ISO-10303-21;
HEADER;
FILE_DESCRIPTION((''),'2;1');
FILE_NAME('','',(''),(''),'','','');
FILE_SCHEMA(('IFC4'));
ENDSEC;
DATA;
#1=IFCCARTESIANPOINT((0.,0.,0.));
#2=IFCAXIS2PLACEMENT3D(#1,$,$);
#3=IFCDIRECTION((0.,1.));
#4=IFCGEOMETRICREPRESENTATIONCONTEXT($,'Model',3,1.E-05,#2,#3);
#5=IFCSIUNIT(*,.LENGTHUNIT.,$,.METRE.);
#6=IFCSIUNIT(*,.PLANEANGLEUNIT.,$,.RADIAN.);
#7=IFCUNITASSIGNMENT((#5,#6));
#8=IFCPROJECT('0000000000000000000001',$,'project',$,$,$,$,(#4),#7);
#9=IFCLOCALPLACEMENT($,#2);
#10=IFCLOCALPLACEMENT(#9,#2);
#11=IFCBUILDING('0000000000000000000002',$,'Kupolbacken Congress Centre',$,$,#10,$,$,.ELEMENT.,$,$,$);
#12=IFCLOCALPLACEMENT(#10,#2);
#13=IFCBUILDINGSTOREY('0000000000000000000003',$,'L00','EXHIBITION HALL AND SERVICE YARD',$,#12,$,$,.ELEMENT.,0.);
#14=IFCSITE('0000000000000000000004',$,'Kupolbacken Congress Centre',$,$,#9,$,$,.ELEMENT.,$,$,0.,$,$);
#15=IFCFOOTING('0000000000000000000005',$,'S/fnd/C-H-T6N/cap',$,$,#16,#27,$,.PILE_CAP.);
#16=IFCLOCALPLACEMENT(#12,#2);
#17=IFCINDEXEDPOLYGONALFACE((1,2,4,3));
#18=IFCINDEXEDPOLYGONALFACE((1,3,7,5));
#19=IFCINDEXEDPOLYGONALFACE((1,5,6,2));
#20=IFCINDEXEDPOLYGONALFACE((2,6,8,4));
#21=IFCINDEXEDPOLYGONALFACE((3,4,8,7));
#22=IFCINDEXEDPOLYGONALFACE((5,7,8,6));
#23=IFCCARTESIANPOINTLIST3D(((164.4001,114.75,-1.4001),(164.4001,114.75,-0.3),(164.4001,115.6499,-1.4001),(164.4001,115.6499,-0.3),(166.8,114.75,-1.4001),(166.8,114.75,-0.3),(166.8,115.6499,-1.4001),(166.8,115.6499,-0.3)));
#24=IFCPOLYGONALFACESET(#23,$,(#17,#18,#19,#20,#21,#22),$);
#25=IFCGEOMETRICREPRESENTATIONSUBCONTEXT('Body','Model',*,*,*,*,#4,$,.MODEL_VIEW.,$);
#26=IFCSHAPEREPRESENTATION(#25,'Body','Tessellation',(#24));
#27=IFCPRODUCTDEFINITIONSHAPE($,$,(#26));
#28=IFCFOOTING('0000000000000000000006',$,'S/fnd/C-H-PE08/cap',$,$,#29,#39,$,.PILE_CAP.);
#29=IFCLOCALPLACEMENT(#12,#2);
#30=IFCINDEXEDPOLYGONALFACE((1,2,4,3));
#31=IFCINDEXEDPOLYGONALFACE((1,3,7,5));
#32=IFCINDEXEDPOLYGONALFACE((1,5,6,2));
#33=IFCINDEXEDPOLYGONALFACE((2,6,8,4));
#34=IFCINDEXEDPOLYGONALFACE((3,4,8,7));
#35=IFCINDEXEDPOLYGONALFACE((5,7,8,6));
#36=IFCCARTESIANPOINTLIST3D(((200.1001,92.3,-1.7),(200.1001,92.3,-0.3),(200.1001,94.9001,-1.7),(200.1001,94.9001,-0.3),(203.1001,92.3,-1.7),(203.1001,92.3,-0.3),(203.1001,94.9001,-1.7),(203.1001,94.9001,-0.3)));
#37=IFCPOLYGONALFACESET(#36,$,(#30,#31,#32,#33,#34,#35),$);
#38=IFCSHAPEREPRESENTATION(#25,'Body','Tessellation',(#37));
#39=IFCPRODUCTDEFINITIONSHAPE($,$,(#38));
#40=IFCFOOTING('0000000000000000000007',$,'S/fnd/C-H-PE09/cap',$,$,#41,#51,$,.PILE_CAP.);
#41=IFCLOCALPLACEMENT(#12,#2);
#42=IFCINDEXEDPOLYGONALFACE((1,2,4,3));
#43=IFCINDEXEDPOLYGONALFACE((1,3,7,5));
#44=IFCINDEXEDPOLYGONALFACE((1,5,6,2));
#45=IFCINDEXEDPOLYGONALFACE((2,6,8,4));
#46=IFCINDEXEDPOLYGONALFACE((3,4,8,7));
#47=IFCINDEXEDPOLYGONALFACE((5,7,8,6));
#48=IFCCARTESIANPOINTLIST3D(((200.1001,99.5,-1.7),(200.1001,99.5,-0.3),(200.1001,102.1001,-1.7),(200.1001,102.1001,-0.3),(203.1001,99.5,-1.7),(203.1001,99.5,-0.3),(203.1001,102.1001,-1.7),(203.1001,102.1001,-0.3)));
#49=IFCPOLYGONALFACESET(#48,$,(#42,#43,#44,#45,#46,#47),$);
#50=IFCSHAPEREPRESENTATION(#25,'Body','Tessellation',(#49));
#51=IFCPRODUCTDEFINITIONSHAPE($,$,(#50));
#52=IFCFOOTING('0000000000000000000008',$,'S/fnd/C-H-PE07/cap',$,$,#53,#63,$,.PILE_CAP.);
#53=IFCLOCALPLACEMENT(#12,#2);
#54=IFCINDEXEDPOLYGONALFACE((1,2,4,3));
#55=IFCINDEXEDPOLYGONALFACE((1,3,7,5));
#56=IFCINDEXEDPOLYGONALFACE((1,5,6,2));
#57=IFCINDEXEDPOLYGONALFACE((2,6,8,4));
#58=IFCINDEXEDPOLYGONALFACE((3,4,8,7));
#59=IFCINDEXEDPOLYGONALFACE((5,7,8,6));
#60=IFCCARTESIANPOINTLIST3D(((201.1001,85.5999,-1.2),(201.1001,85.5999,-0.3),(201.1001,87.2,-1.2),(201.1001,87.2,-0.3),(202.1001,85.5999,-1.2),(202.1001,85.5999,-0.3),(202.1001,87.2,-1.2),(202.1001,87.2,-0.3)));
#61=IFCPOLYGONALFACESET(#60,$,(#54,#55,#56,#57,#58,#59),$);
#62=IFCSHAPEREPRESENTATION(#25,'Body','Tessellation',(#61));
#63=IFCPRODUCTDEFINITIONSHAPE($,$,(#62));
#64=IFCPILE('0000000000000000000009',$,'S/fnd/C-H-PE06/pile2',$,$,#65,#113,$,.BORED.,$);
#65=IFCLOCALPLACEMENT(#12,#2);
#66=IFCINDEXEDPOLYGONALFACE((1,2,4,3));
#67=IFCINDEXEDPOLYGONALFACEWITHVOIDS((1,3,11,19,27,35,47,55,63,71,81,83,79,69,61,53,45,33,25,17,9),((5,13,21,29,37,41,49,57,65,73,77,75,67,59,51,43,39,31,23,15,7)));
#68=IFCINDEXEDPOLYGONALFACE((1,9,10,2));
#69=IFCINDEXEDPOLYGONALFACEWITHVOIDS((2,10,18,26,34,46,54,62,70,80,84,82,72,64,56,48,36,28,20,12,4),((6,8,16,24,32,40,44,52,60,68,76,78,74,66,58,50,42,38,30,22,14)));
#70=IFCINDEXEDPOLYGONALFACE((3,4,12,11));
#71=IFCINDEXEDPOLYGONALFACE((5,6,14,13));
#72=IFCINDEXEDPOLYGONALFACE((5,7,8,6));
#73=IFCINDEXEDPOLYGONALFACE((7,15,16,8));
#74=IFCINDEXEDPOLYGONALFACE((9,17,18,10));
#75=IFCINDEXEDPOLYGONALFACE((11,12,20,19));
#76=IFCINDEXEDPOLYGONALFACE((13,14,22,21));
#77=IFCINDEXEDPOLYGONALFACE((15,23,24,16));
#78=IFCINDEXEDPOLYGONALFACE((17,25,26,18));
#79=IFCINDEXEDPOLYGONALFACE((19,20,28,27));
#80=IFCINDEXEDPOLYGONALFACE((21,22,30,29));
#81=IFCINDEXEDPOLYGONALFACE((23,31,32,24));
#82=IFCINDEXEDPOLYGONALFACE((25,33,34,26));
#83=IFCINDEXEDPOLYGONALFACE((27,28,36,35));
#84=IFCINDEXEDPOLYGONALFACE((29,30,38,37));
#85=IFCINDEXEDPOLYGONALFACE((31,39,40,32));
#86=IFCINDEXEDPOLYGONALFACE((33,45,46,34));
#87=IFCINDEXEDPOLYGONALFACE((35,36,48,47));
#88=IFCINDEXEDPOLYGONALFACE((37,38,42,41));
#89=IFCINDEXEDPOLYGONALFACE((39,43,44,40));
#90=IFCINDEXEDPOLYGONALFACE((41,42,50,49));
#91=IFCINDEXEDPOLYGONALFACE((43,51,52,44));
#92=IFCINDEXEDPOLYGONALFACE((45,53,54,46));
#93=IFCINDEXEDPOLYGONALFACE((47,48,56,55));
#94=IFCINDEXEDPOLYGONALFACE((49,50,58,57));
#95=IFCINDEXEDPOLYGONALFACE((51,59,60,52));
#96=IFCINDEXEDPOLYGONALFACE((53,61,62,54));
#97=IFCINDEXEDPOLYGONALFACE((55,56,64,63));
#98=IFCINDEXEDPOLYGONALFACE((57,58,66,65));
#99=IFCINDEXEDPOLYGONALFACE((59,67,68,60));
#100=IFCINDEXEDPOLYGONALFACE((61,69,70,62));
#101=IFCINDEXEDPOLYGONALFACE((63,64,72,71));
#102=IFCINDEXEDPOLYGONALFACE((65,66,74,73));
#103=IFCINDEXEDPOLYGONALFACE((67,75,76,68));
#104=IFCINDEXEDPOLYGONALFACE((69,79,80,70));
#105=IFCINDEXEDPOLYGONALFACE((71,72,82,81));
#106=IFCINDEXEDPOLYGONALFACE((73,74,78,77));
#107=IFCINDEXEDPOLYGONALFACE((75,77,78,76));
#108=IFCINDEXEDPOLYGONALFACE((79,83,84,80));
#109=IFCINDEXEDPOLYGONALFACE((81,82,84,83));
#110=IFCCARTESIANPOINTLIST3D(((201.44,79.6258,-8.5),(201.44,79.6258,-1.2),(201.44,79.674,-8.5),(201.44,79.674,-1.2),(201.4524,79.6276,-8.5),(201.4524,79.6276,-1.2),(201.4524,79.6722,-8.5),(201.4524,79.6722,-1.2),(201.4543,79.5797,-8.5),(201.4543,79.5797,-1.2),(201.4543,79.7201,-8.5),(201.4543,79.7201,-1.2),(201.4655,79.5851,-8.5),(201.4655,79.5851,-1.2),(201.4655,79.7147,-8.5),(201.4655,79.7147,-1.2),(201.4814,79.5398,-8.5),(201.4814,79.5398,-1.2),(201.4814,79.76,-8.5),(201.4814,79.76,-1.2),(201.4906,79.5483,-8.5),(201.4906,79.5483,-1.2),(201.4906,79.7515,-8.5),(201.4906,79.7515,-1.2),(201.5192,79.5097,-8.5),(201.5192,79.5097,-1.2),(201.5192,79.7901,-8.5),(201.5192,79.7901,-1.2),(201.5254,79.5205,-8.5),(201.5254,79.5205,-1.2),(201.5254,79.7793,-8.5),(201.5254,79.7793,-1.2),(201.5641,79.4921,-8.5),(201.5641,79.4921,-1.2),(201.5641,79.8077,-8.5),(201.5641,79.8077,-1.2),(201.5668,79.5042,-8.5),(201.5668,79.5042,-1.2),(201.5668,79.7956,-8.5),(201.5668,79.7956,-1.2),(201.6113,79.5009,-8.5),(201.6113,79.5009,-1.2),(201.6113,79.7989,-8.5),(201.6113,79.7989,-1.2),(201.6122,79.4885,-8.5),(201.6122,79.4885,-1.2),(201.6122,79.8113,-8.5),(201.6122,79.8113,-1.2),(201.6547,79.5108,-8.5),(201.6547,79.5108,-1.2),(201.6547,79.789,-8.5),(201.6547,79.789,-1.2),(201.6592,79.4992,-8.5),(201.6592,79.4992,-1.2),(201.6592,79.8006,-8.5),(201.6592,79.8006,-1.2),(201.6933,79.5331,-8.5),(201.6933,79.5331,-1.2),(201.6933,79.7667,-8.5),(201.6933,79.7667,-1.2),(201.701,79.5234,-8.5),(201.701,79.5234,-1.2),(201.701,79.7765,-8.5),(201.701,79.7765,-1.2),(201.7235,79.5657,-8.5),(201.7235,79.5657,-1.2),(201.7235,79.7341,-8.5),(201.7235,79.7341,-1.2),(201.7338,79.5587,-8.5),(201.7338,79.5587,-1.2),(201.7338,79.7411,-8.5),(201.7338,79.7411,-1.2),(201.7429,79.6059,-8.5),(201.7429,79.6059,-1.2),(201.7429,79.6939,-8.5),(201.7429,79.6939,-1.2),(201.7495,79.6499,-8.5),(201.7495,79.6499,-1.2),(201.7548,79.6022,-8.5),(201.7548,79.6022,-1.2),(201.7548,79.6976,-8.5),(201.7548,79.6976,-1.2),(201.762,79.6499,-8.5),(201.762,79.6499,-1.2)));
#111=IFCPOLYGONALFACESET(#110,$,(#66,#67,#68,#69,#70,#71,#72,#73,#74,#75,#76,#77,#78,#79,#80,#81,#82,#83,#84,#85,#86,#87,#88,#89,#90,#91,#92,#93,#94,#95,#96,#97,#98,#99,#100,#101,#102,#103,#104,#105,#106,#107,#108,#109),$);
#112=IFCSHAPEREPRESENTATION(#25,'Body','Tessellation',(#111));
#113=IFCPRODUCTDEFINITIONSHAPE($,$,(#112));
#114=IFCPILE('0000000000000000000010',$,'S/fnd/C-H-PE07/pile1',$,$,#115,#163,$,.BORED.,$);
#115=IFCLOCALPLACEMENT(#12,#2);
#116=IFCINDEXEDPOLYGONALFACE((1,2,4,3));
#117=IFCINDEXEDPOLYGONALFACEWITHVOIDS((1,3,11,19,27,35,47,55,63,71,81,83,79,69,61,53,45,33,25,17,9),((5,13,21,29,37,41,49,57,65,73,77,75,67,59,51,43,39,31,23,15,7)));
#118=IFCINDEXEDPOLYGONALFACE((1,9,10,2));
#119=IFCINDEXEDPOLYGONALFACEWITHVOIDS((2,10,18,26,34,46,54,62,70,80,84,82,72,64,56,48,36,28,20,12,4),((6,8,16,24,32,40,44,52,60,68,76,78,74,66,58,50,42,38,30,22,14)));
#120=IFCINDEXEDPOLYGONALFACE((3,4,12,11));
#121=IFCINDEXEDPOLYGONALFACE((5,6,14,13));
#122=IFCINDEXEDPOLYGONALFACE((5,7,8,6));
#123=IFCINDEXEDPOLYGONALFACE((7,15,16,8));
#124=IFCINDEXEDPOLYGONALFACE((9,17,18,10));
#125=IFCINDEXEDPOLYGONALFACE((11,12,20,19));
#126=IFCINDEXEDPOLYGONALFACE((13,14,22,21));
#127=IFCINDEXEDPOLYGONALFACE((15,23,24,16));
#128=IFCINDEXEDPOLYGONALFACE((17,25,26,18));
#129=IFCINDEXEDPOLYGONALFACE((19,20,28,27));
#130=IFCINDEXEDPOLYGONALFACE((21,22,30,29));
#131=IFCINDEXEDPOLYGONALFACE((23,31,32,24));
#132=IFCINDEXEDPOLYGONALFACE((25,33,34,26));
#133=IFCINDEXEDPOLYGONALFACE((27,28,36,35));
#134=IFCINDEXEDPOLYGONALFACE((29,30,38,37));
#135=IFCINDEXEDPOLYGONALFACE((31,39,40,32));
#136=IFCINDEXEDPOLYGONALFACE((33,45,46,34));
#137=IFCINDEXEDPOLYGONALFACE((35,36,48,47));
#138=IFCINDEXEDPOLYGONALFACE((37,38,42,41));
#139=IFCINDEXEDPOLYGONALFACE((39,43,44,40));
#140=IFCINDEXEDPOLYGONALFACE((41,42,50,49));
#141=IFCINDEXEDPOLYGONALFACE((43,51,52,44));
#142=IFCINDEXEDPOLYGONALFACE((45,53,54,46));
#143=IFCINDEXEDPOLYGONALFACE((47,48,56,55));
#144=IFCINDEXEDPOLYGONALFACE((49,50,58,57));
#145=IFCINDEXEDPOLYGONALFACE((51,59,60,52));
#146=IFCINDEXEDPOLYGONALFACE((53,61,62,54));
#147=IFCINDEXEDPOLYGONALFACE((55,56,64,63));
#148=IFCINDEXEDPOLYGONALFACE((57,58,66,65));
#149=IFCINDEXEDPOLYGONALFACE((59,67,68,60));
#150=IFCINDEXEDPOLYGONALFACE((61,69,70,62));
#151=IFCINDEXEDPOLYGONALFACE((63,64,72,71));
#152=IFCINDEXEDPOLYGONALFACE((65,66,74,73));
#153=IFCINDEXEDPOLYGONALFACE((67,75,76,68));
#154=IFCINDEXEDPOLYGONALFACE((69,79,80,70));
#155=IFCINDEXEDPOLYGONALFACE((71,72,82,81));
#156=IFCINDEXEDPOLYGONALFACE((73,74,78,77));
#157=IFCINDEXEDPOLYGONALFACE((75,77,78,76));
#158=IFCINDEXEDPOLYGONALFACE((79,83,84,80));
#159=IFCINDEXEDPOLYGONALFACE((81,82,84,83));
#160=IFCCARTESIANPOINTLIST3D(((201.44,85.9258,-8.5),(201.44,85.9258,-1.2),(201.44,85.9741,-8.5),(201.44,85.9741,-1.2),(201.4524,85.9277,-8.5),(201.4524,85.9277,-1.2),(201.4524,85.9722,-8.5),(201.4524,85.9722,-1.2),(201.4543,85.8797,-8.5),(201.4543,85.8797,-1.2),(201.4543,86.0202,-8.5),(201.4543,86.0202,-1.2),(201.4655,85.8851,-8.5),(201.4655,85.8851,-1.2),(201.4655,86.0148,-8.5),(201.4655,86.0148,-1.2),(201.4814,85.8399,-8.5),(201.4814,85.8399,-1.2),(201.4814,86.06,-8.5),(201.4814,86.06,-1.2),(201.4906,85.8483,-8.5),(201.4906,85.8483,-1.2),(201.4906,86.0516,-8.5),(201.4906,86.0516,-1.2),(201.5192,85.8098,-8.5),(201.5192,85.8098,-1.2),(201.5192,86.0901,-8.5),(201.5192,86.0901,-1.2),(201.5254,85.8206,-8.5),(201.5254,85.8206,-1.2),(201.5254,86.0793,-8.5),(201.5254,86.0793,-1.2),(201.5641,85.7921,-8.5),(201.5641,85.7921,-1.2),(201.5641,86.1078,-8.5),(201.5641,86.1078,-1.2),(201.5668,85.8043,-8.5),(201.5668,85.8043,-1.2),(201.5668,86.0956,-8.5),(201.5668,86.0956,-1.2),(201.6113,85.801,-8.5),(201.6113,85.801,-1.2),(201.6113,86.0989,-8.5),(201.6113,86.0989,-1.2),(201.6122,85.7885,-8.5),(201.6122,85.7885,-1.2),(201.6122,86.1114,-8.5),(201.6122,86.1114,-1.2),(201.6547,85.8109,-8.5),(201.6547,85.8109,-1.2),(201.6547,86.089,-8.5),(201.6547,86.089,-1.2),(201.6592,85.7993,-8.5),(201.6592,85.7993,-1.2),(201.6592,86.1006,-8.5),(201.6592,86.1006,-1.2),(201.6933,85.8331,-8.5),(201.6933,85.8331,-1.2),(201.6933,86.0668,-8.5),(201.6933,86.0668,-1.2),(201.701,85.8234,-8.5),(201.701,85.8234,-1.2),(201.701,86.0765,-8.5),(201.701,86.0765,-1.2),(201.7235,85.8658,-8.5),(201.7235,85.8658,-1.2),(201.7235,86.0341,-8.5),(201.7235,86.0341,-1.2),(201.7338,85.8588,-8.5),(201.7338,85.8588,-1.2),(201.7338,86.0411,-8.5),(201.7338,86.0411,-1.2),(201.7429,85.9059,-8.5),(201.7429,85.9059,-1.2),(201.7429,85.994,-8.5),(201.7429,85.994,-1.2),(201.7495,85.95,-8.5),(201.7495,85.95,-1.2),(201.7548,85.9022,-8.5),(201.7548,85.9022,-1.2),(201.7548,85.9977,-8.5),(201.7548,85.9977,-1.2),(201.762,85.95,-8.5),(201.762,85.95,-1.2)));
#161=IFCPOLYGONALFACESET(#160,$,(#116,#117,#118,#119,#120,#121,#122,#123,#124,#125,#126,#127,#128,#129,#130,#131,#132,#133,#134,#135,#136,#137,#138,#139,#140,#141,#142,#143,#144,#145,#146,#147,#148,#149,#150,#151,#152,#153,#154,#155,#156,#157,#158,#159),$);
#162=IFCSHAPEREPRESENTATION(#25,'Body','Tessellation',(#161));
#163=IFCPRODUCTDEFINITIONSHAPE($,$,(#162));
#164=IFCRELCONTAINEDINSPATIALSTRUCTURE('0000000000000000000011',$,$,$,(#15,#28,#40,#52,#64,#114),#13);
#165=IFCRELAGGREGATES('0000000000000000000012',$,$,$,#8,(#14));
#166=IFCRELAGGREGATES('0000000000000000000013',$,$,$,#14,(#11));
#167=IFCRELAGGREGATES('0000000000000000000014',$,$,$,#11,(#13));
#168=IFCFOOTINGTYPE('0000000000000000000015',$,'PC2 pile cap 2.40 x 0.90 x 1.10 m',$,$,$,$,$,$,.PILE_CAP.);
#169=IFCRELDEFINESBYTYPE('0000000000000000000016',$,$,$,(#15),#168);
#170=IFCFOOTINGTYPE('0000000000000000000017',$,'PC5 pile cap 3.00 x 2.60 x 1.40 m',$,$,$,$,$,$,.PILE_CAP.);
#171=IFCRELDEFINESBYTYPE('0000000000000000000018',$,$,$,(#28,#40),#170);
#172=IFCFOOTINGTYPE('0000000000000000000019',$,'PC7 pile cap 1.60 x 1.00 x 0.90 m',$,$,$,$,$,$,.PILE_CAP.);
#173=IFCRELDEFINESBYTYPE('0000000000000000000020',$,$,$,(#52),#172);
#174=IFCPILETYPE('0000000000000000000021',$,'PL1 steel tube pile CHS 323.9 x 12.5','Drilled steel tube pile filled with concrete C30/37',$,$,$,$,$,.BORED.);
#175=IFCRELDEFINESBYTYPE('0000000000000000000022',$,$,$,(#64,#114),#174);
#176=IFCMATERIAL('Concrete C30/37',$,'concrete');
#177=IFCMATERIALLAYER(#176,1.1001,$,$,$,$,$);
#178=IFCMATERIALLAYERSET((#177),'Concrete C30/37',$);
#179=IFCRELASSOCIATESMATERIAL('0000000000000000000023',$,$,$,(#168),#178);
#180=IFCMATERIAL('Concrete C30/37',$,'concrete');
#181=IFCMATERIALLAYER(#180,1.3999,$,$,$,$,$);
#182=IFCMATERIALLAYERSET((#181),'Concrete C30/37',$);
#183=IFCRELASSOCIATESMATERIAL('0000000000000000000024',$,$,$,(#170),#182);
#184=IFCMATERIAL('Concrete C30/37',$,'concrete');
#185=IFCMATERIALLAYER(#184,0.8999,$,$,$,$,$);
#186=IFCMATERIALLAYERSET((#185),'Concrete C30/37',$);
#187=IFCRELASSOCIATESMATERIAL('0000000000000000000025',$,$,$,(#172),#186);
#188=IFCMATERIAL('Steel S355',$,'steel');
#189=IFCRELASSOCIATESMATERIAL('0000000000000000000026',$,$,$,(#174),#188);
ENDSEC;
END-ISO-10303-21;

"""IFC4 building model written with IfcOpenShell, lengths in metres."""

from ifc_helpers import new_model, si_unit, direction, frame, origin, origin_2d, place, context, subcontext, project, spatial, rectangle, hollow_circle, extrude, material, layer, layer_set, material_profile, profile_set, type_object, element, save


model = new_model("IFC4")

# Units and contexts
model_context = context("Model", 3, precision=1e-05, world=origin(), true_north=direction((0.0, 1.0)))
body_context = subcontext(model_context, "Body", "Model", "MODEL_VIEW")
ifc_project = project(units=[si_unit("LENGTHUNIT", "METRE"), si_unit("PLANEANGLEUNIT", "RADIAN")], contexts=[model_context])

# Site, building, storey
site_placement = place(None, origin())
site = spatial("IfcSite", under=ifc_project, at=site_placement, Name="Kupolbacken Congress Centre", CompositionType="ELEMENT", RefElevation=0.0)
building_placement = place(site_placement, origin())
building = spatial("IfcBuilding", under=site, at=building_placement, Name="Kupolbacken Congress Centre", CompositionType="ELEMENT")
storey_placement = place(building_placement, origin())
storey = spatial("IfcBuildingStorey", under=building, at=storey_placement, Name="L00", Description="EXHIBITION HALL AND SERVICE YARD", CompositionType="ELEMENT", Elevation=0.0)

# Footings
ifc_material_1 = material(Name="Concrete C30/37", Category="concrete")
ifc_layer_1 = layer(ifc_material_1, 1.1001)
ifc_layer_set_1 = layer_set([ifc_layer_1], Name="Concrete C30/37")
footing_type_1 = type_object("IfcFootingType", Name="PC2 pile cap 2.40 x 0.90 x 1.10 m", PredefinedType="PILE_CAP", material=ifc_layer_set_1)
footing_1_placement = place(storey_placement, frame((165.6001, 115.2, -1.4001), z_axis=(0.0, 0.0, 1.0), x_axis=(1.0, 0.0, 0.0)))
element("IfcFooting", 1, at=footing_1_placement, inside=storey, type_object=footing_type_1, Name="S/fnd/C-H-T6N/cap", PredefinedType="PILE_CAP", context=body_context, shape_type="SweptSolid", body=[
    extrude(rectangle(XDim=2.3999, YDim=0.8999, at=origin_2d()), origin(), (0.0, 0.0, 1.0), 1.1001),
])
ifc_material_2 = material(Name="Concrete C30/37", Category="concrete")
ifc_layer_2 = layer(ifc_material_2, 1.3999)
ifc_layer_set_2 = layer_set([ifc_layer_2], Name="Concrete C30/37")
footing_type_2 = type_object("IfcFootingType", Name="PC5 pile cap 3.00 x 2.60 x 1.40 m", PredefinedType="PILE_CAP", material=ifc_layer_set_2)
for number, where, z_axis, x_axis, name in (
    (2, (201.6001, 93.6001, -1.7), (0.0, 0.0, 1.0), (1.0, 0.0, 0.0), "S/fnd/C-H-PE08/cap"),
    (3, (201.6001, 100.8, -1.7), (0.0, 0.0, 1.0), (1.0, 0.0, 0.0), "S/fnd/C-H-PE09/cap"),
):
    element("IfcFooting", number, at=place(storey_placement, frame(where, z_axis=z_axis, x_axis=x_axis)), inside=storey, type_object=footing_type_2, Name=name, PredefinedType="PILE_CAP", context=body_context, shape_type="SweptSolid", body=[
        extrude(rectangle(XDim=3.0, YDim=2.6001, at=origin_2d()), origin(), (0.0, 0.0, 1.0), 1.3999),
    ])
ifc_material_3 = material(Name="Concrete C30/37", Category="concrete")
ifc_layer_3 = layer(ifc_material_3, 0.8999)
ifc_layer_set_3 = layer_set([ifc_layer_3], Name="Concrete C30/37")
footing_type_3 = type_object("IfcFootingType", Name="PC7 pile cap 1.60 x 1.00 x 0.90 m", PredefinedType="PILE_CAP", material=ifc_layer_set_3)
footing_2_placement = place(storey_placement, frame((201.6001, 86.3999, -1.2), z_axis=(0.0, 0.0, 1.0), x_axis=(1.0, 0.0, 0.0)))
element("IfcFooting", 4, at=footing_2_placement, inside=storey, type_object=footing_type_3, Name="S/fnd/C-H-PE07/cap", PredefinedType="PILE_CAP", context=body_context, shape_type="SweptSolid", body=[
    extrude(rectangle(XDim=1.0, YDim=1.6001, at=origin_2d()), origin(), (0.0, 0.0, 1.0), 0.8999),
])

# Piles
ifc_material_4 = material(Name="Steel S355", Category="steel")
ifc_material_profile_1 = material_profile(ifc_material_4, hollow_circle(Radius=0.1619, WallThickness=0.0125, at=origin_2d()), Name="CHS 323.9 x 12.5")
ifc_profile_set_1 = profile_set([ifc_material_profile_1], Name="Steel S355")
pile_type_1 = type_object("IfcPileType", Name="PL1 steel tube pile CHS 323.9 x 12.5", Description="Drilled steel tube pile filled with concrete C30/37", PredefinedType="BORED", material=ifc_profile_set_1)
for number, where, z_axis, x_axis, name in (
    (5, (201.6001, 79.6499, -1.2), (0.0, 0.0, -1.0), (1.0, 0.0, 0.0), "S/fnd/C-H-PE06/pile2"),
    (6, (201.6001, 85.95, -1.2), (0.0, 0.0, -1.0), (1.0, 0.0, 0.0), "S/fnd/C-H-PE07/pile1"),
):
    element("IfcPile", number, at=place(storey_placement, frame(where, z_axis=z_axis, x_axis=x_axis)), inside=storey, type_object=pile_type_1, Name=name, PredefinedType="BORED", context=body_context, shape_type="SweptSolid", body=[
        extrude(hollow_circle(Radius=0.1619, WallThickness=0.0125, at=origin_2d()), origin(), (0.0, 0.0, 1.0), 7.3),
    ])

save(model, "model.ifc")
